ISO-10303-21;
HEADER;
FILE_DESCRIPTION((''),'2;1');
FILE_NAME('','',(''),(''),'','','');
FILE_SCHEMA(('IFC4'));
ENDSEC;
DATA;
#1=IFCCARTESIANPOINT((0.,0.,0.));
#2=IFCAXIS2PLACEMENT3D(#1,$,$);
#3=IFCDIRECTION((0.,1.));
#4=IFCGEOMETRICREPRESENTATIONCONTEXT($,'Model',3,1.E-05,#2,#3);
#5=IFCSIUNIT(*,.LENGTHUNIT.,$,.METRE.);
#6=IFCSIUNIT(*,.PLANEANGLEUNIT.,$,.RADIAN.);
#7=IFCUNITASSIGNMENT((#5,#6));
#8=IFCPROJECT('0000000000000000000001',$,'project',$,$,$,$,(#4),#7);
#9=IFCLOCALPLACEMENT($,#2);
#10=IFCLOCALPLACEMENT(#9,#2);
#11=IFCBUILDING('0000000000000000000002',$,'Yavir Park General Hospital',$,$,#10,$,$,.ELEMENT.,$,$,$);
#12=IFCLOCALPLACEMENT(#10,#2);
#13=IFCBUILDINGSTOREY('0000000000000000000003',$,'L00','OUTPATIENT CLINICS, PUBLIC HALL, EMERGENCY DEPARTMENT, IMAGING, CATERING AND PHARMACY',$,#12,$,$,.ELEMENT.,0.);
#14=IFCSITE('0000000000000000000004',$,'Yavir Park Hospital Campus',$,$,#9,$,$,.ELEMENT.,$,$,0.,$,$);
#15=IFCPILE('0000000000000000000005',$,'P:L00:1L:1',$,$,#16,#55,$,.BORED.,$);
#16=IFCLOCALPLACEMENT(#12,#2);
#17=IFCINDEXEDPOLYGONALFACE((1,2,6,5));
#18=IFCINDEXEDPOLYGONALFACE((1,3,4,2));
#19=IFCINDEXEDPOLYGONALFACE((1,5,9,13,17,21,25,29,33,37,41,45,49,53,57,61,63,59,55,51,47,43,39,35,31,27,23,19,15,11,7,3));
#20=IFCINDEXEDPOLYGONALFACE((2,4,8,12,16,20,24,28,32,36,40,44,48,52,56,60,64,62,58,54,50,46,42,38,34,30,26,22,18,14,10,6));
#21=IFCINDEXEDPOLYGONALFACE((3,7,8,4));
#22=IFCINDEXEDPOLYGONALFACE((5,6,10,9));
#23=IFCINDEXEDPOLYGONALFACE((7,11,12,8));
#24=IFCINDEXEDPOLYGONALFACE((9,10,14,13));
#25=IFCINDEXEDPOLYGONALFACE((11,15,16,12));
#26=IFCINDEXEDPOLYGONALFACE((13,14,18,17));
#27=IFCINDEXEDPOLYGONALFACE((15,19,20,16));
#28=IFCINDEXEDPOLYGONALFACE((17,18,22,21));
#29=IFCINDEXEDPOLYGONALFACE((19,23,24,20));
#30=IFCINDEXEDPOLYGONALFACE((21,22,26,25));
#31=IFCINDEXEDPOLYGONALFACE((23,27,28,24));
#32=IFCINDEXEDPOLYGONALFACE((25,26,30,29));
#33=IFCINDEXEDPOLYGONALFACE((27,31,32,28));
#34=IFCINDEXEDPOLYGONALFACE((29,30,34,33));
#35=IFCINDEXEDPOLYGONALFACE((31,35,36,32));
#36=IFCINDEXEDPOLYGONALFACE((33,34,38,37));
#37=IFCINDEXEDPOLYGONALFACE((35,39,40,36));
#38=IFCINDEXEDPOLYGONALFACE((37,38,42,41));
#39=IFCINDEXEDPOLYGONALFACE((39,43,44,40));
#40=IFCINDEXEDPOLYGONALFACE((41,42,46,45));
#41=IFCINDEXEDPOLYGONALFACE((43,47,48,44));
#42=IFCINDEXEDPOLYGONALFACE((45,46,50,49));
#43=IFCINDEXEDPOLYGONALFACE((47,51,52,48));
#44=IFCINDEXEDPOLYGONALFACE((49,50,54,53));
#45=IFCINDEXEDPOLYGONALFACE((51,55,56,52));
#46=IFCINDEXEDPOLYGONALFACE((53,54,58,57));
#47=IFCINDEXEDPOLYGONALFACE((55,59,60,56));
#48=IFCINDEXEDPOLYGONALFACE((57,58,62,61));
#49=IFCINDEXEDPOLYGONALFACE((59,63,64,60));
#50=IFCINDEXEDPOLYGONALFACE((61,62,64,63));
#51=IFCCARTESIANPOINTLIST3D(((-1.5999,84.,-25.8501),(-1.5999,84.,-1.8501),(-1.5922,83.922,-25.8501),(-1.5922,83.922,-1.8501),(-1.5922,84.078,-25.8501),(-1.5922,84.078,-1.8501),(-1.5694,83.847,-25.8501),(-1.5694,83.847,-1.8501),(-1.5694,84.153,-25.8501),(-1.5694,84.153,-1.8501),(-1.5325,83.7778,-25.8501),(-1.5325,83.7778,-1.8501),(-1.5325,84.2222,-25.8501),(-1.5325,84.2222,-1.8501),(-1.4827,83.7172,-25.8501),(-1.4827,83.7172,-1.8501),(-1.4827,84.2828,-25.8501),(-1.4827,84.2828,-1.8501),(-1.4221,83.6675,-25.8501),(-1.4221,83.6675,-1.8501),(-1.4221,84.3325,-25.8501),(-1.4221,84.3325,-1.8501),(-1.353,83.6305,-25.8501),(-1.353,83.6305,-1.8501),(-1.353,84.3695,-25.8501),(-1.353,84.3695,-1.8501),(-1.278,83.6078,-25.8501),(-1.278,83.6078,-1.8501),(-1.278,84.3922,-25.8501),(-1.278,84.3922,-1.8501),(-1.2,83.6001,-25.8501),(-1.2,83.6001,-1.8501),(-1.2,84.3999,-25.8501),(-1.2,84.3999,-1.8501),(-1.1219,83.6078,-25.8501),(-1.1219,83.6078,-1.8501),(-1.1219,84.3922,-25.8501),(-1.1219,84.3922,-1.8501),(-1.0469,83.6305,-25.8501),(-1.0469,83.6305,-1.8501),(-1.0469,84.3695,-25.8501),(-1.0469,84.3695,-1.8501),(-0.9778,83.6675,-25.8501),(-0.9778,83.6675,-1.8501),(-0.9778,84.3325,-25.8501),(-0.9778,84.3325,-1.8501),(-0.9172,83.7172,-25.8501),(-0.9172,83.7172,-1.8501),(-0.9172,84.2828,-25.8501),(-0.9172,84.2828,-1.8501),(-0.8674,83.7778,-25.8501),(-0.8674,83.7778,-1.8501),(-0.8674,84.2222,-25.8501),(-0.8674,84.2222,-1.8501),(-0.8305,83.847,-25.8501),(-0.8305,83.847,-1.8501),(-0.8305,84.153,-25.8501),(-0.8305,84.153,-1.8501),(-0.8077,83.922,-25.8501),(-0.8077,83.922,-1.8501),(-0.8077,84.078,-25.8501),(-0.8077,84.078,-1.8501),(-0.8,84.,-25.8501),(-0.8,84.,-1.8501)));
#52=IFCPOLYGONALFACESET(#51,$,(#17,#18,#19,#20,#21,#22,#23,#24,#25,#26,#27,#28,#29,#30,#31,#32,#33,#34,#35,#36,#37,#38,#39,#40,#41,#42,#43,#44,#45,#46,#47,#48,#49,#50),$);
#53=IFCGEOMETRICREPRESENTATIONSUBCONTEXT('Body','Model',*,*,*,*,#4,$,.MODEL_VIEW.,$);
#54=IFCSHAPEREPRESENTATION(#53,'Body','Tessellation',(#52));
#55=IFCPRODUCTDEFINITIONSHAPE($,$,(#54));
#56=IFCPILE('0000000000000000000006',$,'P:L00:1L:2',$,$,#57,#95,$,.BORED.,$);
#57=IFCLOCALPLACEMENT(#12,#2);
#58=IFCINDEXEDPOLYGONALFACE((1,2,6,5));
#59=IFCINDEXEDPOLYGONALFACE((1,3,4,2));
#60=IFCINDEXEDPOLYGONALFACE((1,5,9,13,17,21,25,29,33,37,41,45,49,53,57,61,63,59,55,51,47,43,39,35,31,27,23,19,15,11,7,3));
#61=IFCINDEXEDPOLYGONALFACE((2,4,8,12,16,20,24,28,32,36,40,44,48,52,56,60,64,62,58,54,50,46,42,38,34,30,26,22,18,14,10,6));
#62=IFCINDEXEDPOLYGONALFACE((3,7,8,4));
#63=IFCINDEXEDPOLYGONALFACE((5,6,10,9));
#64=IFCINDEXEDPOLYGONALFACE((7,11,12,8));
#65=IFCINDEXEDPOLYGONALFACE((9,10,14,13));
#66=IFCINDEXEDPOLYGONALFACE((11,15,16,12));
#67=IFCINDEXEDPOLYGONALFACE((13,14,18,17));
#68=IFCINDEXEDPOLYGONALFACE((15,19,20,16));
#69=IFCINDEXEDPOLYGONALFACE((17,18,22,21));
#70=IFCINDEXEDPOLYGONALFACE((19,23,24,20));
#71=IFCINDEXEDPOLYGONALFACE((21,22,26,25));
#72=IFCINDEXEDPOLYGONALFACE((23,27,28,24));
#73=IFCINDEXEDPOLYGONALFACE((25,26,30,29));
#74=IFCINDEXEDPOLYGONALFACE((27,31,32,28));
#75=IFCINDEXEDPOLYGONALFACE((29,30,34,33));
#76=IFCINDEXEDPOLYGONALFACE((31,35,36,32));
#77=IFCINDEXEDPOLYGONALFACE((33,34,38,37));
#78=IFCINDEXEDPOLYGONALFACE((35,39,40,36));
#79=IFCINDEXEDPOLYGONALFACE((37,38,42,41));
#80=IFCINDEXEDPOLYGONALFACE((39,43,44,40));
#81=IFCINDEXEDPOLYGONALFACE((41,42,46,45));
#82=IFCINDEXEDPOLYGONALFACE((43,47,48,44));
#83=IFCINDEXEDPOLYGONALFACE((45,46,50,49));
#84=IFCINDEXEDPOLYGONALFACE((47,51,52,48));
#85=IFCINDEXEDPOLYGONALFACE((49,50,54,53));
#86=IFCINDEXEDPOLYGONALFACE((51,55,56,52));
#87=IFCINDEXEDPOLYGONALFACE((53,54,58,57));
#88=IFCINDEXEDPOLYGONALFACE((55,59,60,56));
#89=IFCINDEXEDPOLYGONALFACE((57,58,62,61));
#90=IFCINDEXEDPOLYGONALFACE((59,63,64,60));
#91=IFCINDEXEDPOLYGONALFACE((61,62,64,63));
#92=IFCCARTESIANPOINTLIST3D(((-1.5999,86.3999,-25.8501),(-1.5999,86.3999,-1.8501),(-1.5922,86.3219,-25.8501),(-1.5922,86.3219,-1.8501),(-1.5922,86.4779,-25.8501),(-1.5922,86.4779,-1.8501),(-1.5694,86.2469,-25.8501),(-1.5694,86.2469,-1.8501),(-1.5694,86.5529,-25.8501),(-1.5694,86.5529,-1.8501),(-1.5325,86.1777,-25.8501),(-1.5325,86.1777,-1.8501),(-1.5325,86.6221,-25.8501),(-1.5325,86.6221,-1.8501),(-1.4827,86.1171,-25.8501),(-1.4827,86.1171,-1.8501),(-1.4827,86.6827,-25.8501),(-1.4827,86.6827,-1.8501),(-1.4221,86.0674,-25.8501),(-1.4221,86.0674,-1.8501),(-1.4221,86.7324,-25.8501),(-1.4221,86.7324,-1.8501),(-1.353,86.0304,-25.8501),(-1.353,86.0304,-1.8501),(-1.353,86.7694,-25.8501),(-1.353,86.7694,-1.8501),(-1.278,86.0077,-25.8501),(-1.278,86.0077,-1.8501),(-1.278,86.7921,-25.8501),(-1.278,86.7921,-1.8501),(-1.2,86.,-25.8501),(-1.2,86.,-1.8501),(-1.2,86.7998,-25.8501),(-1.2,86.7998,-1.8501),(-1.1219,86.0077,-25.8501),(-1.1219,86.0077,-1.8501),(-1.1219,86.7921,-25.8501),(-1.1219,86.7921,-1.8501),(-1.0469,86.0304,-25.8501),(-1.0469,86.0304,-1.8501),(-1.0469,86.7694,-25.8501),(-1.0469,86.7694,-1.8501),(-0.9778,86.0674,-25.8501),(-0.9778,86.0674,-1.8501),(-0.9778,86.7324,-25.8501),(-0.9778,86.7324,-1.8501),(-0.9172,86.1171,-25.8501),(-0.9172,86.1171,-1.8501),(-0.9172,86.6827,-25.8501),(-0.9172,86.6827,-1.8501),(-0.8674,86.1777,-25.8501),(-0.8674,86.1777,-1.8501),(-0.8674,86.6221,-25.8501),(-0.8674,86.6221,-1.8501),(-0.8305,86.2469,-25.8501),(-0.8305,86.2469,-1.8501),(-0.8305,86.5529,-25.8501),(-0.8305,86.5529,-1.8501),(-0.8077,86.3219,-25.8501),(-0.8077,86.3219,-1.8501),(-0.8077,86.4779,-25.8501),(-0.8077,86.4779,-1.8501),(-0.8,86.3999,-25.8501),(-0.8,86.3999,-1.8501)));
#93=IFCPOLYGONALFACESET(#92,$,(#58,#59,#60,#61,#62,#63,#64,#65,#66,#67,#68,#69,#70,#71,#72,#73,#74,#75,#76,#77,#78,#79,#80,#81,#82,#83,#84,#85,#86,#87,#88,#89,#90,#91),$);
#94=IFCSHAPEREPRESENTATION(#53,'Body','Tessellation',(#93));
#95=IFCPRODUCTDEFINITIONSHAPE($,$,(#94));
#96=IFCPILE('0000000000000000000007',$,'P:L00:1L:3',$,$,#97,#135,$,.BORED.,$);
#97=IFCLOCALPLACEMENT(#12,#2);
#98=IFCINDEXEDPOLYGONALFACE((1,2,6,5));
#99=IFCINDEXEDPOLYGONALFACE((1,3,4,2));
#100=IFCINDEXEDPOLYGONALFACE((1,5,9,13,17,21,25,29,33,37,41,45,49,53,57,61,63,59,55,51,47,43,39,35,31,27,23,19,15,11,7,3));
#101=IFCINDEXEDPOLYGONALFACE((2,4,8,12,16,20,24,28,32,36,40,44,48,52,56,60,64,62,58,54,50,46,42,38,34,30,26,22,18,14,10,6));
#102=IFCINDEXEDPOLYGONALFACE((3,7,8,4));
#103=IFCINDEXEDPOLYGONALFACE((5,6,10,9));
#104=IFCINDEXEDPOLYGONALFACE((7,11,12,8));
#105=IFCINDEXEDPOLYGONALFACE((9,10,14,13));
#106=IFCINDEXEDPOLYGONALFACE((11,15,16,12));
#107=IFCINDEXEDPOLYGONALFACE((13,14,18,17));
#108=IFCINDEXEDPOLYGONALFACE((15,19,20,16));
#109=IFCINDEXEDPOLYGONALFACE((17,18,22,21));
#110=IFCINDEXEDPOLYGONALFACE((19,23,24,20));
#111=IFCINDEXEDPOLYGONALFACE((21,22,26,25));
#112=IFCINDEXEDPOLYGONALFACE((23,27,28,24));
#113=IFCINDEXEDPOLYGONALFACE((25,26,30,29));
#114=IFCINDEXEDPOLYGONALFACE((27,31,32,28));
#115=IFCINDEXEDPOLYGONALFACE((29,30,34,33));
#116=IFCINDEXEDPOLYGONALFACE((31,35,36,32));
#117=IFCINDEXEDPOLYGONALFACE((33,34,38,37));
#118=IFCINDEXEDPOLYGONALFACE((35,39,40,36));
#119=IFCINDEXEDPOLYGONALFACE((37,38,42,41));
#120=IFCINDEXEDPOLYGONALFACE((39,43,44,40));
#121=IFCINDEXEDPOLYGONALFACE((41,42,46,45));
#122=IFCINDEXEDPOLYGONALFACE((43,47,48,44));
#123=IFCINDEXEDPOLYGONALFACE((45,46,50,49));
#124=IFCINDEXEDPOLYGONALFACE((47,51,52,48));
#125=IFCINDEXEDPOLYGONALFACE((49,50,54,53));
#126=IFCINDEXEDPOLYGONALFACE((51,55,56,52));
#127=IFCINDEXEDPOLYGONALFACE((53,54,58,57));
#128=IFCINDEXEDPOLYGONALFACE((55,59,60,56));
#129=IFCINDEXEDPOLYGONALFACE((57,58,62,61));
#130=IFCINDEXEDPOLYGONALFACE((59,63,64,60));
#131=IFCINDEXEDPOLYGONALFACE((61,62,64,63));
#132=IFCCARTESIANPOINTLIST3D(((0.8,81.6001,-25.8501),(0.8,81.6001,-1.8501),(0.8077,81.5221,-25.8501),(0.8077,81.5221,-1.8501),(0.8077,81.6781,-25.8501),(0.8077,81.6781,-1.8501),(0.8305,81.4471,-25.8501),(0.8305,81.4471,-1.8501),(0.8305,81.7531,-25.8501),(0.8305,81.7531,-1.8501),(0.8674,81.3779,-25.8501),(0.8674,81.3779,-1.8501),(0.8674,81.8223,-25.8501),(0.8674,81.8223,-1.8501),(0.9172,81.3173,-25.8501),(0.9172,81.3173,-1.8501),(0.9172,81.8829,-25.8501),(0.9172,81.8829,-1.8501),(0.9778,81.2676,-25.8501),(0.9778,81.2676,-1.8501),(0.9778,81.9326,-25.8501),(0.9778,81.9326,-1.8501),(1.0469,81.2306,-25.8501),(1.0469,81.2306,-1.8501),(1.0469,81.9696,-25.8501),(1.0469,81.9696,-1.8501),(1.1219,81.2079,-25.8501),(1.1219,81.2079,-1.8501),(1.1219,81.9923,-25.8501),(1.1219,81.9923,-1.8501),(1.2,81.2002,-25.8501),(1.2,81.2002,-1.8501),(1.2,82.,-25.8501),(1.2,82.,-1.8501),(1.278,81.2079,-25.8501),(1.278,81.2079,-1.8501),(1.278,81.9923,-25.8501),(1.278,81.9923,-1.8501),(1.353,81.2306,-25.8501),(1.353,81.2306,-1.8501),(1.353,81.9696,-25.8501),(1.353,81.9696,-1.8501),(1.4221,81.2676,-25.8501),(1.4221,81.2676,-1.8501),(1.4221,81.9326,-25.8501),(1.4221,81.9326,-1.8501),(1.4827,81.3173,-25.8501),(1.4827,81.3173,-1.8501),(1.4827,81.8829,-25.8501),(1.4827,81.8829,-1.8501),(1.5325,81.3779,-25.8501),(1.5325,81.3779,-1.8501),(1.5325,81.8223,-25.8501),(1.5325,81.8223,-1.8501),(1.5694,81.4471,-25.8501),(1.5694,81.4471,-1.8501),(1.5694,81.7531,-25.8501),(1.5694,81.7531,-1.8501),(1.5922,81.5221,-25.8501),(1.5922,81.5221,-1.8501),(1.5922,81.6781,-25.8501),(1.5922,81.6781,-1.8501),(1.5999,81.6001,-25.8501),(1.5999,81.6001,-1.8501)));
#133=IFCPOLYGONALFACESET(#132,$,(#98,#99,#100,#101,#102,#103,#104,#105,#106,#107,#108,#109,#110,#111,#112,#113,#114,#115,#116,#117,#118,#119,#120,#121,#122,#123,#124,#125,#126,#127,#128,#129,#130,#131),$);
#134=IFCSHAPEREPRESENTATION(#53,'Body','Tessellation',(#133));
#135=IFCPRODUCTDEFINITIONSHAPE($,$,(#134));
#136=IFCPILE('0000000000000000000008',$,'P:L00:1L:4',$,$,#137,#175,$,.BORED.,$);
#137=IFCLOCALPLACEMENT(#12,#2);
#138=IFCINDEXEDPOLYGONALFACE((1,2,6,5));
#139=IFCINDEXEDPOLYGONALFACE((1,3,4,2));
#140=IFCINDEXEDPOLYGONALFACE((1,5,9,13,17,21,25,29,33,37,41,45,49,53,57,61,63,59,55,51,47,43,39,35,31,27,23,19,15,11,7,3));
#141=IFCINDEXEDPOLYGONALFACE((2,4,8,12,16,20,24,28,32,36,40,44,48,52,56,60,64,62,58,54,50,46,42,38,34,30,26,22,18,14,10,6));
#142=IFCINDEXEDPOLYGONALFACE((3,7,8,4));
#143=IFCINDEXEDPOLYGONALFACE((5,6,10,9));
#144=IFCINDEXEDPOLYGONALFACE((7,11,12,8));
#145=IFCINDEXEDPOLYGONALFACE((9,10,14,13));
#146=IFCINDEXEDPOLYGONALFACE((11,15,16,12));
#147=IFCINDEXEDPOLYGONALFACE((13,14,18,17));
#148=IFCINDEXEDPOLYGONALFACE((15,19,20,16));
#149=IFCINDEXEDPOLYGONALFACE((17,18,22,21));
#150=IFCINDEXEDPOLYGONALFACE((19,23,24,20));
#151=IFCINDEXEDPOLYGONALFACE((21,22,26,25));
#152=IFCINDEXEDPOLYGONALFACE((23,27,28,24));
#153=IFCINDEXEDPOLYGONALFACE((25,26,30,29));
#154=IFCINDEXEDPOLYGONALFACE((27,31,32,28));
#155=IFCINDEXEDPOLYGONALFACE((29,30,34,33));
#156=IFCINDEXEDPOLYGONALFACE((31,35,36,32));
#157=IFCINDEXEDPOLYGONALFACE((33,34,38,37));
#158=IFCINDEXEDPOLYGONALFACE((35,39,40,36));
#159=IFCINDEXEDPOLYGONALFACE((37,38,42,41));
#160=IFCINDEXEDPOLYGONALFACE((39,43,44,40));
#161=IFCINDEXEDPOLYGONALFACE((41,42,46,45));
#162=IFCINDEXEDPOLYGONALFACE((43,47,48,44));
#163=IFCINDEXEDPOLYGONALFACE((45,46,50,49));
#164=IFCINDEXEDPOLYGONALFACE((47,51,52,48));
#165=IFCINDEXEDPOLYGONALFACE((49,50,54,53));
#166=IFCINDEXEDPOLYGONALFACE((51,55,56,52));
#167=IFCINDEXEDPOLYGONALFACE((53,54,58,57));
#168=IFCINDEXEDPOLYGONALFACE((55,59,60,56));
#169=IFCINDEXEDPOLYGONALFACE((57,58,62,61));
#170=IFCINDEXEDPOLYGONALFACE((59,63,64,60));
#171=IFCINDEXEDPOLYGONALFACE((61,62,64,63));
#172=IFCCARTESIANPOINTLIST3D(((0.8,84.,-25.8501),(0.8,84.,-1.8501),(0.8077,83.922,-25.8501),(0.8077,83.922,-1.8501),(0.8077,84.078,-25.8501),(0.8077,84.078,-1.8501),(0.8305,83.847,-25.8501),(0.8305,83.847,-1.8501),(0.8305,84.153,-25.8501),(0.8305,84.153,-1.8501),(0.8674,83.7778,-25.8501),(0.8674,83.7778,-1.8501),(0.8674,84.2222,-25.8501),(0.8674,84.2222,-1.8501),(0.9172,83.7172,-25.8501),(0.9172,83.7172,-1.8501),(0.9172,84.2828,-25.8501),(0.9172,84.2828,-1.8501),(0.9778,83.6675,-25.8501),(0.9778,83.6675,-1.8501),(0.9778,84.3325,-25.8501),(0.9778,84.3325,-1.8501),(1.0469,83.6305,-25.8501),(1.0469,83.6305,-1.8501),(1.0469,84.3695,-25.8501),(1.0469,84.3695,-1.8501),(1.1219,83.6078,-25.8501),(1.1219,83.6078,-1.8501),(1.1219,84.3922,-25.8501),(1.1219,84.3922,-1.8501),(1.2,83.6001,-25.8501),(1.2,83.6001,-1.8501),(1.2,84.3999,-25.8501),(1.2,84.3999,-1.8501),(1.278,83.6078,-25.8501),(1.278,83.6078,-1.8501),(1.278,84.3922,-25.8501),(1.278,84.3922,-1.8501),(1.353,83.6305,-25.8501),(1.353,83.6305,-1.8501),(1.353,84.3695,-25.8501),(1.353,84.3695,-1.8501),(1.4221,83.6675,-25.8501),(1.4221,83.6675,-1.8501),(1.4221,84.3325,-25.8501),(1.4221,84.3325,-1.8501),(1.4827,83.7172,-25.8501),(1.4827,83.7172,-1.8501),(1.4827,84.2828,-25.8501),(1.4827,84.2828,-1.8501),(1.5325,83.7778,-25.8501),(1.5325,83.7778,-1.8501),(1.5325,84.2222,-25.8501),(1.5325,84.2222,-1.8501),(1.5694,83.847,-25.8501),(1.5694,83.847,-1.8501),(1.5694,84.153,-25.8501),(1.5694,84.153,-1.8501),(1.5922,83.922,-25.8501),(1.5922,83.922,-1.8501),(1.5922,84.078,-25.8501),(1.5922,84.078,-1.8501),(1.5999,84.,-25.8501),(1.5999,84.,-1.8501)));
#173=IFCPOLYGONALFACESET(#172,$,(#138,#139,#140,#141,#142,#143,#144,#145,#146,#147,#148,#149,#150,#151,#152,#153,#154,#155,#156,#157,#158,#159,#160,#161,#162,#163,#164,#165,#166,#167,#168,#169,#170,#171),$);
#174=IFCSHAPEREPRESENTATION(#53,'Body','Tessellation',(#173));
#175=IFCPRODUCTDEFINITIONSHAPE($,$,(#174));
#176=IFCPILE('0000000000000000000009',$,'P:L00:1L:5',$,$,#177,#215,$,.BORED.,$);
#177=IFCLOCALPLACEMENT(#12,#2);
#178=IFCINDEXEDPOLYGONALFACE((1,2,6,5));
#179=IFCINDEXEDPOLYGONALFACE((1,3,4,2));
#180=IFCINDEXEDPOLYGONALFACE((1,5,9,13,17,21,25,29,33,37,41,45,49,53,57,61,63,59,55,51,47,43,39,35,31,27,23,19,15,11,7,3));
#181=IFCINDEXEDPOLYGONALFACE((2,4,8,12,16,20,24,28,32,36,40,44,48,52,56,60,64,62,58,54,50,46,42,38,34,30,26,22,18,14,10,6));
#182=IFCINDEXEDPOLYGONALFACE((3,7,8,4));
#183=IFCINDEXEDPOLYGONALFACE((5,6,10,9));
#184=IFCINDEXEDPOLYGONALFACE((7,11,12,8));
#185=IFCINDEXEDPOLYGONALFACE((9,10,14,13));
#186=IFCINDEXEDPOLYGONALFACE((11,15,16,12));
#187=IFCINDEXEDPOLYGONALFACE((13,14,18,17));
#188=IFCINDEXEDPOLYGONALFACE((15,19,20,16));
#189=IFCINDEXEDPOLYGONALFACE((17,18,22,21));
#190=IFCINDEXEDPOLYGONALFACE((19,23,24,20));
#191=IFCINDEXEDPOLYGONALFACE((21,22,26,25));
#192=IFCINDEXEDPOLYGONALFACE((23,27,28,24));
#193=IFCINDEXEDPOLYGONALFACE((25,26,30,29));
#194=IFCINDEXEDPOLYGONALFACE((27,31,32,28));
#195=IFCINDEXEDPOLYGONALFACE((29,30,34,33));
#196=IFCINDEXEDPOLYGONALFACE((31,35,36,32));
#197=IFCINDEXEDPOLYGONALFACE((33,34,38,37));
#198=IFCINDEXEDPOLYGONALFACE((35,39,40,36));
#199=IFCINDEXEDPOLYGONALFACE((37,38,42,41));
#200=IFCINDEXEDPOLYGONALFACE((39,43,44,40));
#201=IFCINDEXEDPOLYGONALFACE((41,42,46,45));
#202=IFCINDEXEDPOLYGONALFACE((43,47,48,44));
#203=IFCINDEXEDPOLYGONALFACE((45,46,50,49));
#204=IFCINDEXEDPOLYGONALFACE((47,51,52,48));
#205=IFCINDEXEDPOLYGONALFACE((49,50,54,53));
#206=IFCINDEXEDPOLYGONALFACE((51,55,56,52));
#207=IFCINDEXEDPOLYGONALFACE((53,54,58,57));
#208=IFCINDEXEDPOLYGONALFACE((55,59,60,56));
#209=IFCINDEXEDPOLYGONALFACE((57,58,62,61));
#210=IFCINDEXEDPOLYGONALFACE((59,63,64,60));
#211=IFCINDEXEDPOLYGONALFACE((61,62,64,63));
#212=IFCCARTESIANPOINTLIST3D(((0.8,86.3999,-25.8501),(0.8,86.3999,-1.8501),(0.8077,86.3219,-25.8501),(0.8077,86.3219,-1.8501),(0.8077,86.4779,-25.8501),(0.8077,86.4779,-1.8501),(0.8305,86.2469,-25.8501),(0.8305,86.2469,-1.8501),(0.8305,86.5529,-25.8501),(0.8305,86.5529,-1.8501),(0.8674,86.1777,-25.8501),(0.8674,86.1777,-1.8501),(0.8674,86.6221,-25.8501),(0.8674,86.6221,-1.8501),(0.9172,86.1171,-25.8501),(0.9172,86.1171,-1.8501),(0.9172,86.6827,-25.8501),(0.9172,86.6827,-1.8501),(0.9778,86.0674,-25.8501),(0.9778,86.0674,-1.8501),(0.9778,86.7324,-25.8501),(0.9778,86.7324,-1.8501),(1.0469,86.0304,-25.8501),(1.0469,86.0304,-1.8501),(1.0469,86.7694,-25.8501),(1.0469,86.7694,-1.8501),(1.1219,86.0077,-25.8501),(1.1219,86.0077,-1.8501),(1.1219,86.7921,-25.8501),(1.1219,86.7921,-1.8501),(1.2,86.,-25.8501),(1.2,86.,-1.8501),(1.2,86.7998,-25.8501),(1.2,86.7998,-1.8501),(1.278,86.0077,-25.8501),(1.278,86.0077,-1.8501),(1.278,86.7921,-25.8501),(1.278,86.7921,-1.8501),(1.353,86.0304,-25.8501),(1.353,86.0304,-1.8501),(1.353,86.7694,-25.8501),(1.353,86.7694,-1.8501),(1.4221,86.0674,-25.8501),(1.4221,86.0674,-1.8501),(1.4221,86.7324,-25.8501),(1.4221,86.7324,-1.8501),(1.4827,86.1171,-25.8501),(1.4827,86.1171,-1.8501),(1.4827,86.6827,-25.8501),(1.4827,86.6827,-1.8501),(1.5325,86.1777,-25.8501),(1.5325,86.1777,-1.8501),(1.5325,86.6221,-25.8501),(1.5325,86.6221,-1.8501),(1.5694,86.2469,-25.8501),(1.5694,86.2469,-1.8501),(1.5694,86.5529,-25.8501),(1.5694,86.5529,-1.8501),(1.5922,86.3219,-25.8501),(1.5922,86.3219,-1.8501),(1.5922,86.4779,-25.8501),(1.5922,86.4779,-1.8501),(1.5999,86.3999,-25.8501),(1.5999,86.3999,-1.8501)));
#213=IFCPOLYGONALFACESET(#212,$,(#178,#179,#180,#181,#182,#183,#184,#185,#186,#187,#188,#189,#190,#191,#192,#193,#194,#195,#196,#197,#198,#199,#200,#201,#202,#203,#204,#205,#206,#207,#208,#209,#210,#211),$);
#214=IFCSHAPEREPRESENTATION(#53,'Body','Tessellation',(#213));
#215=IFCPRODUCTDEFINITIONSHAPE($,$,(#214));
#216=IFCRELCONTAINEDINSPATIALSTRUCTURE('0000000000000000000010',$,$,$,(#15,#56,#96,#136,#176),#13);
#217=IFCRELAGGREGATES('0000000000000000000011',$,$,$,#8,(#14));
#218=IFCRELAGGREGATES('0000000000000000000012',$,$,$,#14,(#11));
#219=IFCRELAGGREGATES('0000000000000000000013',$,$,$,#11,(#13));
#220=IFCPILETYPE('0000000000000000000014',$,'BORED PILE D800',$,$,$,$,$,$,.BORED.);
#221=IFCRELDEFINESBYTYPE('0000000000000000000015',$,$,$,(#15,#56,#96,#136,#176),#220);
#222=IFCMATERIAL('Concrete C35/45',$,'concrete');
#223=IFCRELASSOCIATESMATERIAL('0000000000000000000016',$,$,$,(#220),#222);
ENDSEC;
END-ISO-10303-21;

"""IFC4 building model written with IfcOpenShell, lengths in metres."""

from ifc_helpers import new_model, si_unit, direction, frame, origin, origin_2d, place, context, subcontext, project, spatial, circle, extrude, material, material_profile, profile_set, type_object, element, save


model = new_model("IFC4")

# Units and contexts
model_context = context("Model", 3, precision=1e-05, world=origin(), true_north=direction((0.0, 1.0)))
body_context = subcontext(model_context, "Body", "Model", "MODEL_VIEW")
ifc_project = project(units=[si_unit("LENGTHUNIT", "METRE"), si_unit("PLANEANGLEUNIT", "RADIAN")], contexts=[model_context])

# Site, building, storey
site_placement = place(None, origin())
site = spatial("IfcSite", under=ifc_project, at=site_placement, Name="Yavir Park Hospital Campus", CompositionType="ELEMENT", RefElevation=0.0)
building_placement = place(site_placement, origin())
building = spatial("IfcBuilding", under=site, at=building_placement, Name="Yavir Park General Hospital", CompositionType="ELEMENT")
storey_placement = place(building_placement, origin())
storey = spatial("IfcBuildingStorey", under=building, at=storey_placement, Name="L00", Description="OUTPATIENT CLINICS, PUBLIC HALL, EMERGENCY DEPARTMENT, IMAGING, CATERING AND PHARMACY", CompositionType="ELEMENT", Elevation=0.0)

# Piles
ifc_material_1 = material(Name="Concrete C35/45", Category="concrete")
ifc_material_profile_1 = material_profile(ifc_material_1, circle(Radius=0.3999, at=origin_2d()), Name="D800")
ifc_profile_set_1 = profile_set([ifc_material_profile_1], Name="Concrete C35/45")
pile_type_1 = type_object("IfcPileType", Name="BORED PILE D800", PredefinedType="BORED", material=ifc_profile_set_1)
for number, where, z_axis, x_axis, name in (
    (1, (-1.2, 84.0, -1.8501), (0.0, 0.0, -1.0), (1.0, 0.0, 0.0), "P:L00:1L:1"),
    (2, (-1.2, 86.3999, -1.8501), (0.0, 0.0, -1.0), (1.0, 0.0, 0.0), "P:L00:1L:2"),
    (3, (1.2, 81.6001, -1.8501), (0.0, 0.0, -1.0), (1.0, 0.0, 0.0), "P:L00:1L:3"),
    (4, (1.2, 84.0, -1.8501), (0.0, 0.0, -1.0), (1.0, 0.0, 0.0), "P:L00:1L:4"),
    (5, (1.2, 86.3999, -1.8501), (0.0, 0.0, -1.0), (1.0, 0.0, 0.0), "P:L00:1L:5"),
):
    element("IfcPile", number, at=place(storey_placement, frame(where, z_axis=z_axis, x_axis=x_axis)), inside=storey, type_object=pile_type_1, Name=name, PredefinedType="BORED", context=body_context, shape_type="SweptSolid", body=[
        extrude(circle(Radius=0.3999, at=origin_2d()), origin(), (0.0, 0.0, 1.0), 24.0),
    ])

save(model, "model.ifc")
